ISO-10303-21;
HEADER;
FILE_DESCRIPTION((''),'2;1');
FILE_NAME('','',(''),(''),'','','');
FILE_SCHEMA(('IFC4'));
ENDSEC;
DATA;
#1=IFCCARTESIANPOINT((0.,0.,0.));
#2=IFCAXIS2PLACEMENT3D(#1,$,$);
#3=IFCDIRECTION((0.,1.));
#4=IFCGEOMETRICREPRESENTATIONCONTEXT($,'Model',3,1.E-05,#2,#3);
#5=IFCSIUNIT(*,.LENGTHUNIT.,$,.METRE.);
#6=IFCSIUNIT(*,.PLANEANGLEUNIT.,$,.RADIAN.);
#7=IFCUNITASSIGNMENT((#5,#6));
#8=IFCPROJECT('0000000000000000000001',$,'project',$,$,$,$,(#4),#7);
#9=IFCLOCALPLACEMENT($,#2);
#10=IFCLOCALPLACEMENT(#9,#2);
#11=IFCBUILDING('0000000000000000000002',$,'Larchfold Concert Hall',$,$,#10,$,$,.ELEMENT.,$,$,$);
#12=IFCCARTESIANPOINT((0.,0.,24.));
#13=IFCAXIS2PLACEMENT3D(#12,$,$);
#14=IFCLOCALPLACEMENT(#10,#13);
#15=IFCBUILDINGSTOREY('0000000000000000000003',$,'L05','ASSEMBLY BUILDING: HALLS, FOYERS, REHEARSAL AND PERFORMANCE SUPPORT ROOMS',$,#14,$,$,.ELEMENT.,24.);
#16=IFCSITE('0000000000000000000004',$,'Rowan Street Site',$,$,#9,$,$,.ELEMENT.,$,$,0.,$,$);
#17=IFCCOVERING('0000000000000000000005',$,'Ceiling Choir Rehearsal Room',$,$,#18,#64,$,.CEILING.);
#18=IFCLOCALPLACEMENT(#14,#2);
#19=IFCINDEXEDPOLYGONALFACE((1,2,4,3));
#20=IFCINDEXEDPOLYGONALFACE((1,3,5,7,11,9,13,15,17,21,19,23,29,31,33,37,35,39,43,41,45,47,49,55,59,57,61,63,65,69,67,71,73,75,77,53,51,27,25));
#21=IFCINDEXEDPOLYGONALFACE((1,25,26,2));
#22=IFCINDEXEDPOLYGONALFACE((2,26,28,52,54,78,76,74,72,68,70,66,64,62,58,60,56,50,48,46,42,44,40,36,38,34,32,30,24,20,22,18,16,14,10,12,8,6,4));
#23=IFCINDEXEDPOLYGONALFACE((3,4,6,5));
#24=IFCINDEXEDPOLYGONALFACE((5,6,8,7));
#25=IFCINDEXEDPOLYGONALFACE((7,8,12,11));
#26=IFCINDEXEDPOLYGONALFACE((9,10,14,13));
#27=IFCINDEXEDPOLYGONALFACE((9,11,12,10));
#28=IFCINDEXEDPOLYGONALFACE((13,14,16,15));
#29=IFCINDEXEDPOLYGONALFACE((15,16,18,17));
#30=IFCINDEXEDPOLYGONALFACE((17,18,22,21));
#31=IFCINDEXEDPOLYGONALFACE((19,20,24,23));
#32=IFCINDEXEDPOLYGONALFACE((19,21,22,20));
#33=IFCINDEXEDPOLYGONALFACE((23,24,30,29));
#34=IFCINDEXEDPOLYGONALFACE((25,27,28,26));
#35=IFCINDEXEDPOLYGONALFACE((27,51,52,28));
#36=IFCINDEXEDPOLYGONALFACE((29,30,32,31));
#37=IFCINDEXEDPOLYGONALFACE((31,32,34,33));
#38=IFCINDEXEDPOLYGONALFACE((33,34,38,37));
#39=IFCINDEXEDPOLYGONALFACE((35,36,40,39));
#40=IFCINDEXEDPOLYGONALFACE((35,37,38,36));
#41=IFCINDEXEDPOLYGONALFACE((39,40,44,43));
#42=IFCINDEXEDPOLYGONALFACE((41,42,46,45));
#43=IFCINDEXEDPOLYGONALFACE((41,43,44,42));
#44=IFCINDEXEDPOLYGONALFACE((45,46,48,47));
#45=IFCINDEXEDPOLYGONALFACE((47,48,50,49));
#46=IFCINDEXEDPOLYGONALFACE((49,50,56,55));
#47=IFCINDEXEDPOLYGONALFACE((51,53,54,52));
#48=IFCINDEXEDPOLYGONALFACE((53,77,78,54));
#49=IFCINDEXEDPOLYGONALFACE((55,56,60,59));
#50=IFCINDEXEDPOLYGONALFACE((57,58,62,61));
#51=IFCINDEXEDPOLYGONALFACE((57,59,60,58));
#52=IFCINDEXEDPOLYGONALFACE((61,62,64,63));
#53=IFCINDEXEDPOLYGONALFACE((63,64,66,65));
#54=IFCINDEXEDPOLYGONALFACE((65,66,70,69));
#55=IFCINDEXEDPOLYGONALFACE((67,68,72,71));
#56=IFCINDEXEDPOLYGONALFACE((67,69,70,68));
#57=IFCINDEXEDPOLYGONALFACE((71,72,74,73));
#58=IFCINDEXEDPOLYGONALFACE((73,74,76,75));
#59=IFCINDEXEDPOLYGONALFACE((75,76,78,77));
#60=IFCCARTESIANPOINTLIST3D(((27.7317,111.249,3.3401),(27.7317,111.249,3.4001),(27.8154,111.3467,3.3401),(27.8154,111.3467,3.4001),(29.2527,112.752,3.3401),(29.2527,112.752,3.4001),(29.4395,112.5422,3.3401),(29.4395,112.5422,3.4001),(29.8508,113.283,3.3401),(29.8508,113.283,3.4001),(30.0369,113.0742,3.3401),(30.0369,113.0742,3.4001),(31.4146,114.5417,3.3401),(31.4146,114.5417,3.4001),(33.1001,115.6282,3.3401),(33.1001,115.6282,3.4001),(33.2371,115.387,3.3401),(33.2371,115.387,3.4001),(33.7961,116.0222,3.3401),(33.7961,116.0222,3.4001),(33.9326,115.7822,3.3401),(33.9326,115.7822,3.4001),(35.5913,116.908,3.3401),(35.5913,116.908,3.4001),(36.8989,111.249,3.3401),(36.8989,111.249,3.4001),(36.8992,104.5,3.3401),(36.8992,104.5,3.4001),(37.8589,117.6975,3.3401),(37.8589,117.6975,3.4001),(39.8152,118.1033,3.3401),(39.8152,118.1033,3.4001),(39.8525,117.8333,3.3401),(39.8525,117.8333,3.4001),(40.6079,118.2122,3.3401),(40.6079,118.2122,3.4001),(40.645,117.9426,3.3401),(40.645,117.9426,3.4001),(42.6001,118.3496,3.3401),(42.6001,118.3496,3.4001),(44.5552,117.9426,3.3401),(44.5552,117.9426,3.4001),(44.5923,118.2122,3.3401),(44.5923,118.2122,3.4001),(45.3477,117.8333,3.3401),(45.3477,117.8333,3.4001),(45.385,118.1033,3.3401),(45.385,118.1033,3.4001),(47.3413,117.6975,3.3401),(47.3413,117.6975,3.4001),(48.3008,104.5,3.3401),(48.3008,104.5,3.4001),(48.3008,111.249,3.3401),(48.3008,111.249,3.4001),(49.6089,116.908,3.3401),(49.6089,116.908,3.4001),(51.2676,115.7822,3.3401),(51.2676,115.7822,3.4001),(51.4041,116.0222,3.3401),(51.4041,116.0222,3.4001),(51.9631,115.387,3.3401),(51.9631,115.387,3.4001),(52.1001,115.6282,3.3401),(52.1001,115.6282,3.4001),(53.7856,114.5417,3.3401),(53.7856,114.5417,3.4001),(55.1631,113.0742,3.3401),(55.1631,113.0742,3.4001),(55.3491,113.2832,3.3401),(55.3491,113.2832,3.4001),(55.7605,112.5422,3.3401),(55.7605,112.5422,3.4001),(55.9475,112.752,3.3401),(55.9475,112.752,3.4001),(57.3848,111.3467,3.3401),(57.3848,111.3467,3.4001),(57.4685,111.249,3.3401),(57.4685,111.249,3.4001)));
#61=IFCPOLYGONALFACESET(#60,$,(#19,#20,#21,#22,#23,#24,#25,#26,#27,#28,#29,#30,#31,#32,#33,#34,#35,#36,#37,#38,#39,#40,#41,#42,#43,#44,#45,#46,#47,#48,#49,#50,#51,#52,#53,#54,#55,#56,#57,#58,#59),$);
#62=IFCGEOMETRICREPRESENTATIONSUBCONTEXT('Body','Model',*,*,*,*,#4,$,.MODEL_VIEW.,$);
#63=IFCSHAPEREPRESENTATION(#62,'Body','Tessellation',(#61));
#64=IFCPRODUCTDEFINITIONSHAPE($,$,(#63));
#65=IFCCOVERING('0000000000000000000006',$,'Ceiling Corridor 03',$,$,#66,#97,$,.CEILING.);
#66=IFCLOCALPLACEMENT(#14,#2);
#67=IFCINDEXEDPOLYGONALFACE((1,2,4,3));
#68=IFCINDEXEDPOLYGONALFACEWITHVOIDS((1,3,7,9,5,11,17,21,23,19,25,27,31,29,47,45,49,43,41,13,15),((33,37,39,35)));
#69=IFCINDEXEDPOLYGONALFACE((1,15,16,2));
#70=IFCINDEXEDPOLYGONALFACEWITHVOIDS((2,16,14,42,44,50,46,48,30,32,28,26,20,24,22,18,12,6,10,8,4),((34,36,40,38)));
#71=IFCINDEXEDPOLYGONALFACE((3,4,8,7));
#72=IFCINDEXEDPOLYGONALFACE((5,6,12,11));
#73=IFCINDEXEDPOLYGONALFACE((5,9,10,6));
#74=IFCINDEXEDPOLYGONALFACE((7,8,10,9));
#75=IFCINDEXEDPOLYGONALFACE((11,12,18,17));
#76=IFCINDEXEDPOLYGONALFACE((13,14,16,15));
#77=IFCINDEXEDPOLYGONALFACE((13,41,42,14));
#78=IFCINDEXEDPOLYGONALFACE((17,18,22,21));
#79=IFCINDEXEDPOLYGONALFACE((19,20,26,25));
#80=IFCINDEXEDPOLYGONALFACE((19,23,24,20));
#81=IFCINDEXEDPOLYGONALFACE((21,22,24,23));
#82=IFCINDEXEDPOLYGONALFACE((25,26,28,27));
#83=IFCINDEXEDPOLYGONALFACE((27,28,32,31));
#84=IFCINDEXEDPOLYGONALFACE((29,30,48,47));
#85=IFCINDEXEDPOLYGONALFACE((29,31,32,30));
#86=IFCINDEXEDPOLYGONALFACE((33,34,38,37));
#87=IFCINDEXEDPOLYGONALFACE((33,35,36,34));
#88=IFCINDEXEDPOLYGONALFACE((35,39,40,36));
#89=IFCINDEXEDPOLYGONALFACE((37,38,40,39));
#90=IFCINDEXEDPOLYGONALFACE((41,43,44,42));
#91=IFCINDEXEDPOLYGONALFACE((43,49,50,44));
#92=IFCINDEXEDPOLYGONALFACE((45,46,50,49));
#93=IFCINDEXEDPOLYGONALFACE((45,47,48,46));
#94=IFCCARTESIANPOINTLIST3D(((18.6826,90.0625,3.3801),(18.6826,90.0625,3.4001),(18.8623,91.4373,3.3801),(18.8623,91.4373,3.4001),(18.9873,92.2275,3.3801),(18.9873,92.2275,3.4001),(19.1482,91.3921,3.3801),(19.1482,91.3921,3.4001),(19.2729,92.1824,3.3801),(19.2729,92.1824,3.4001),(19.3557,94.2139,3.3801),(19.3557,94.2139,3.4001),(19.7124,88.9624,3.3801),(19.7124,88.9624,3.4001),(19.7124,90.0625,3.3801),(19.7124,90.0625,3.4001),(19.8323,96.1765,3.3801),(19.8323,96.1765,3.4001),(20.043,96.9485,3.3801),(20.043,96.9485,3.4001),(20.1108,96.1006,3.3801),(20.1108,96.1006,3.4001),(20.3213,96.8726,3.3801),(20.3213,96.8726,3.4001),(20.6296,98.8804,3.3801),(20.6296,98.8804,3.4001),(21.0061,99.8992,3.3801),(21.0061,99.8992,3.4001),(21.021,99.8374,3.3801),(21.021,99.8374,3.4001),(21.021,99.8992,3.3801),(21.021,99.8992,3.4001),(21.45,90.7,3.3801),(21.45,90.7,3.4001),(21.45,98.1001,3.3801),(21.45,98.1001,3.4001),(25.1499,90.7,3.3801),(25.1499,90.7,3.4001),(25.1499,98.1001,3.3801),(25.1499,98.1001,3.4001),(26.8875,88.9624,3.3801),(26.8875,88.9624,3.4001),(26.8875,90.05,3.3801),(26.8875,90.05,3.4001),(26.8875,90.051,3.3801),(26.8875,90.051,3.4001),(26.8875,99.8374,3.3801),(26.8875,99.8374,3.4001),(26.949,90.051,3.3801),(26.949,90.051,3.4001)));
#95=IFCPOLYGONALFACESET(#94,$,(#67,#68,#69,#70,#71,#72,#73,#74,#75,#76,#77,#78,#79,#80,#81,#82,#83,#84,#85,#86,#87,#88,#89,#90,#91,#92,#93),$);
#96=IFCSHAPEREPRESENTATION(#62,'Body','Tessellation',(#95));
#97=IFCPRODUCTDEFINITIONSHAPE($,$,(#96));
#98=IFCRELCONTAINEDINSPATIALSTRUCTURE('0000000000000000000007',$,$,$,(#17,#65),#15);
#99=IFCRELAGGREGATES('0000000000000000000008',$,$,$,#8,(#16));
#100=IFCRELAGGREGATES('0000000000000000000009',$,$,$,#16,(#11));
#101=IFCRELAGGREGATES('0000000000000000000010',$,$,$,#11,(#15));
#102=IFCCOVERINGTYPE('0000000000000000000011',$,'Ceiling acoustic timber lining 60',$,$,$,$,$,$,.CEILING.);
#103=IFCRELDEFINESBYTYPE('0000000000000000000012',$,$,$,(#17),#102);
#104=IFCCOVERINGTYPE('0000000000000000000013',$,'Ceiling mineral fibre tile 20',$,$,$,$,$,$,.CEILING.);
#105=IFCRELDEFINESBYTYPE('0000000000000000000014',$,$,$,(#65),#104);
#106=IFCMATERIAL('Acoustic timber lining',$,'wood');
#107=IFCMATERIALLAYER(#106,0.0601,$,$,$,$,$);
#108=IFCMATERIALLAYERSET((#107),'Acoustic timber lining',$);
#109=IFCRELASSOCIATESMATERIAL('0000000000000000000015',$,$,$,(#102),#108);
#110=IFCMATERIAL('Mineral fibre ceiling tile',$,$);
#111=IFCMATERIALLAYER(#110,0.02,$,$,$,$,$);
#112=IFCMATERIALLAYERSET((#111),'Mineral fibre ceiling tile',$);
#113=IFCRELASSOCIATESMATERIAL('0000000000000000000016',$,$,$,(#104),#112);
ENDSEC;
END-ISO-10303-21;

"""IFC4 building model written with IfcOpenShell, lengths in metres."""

from ifc_helpers import new_model, si_unit, direction, frame, origin, place, context, subcontext, project, spatial, polyline, outline, extrude, material, layer, layer_set, type_object, element, save


model = new_model("IFC4")

# Units and contexts
model_context = context("Model", 3, precision=1e-05, world=origin(), true_north=direction((0.0, 1.0)))
body_context = subcontext(model_context, "Body", "Model", "MODEL_VIEW")
ifc_project = project(units=[si_unit("LENGTHUNIT", "METRE"), si_unit("PLANEANGLEUNIT", "RADIAN")], contexts=[model_context])

# Site, building, storey
site_placement = place(None, origin())
site = spatial("IfcSite", under=ifc_project, at=site_placement, Name="Rowan Street Site", CompositionType="ELEMENT", RefElevation=0.0)
building_placement = place(site_placement, origin())
building = spatial("IfcBuilding", under=site, at=building_placement, Name="Larchfold Concert Hall", CompositionType="ELEMENT")
storey_placement = place(building_placement, frame((0.0, 0.0, 24.0)))
storey = spatial("IfcBuildingStorey", under=building, at=storey_placement, Name="L05", Description="ASSEMBLY BUILDING: HALLS, FOYERS, REHEARSAL AND PERFORMANCE SUPPORT ROOMS", CompositionType="ELEMENT", Elevation=24.0)

# Coverings
ifc_material_1 = material(Name="Acoustic timber lining", Category="wood")
ifc_layer_1 = layer(ifc_material_1, 0.0601)
ifc_layer_set_1 = layer_set([ifc_layer_1], Name="Acoustic timber lining")
covering_type_1 = type_object("IfcCoveringType", Name="Ceiling acoustic timber lining 60", PredefinedType="CEILING", material=ifc_layer_set_1)
covering_1_placement = place(storey_placement, frame((0.0, 0.0, 3.3401)))
element("IfcCovering", 1, at=covering_1_placement, inside=storey, type_object=covering_type_1, Name="Ceiling Choir Rehearsal Room", PredefinedType="CEILING", context=body_context, shape_type="SweptSolid", body=[
    extrude(outline(polyline([(29.2527, 112.752), (27.8154, 111.3467), (27.7317, 111.249), (36.8989, 111.249), (36.8992, 104.5), (48.3008, 104.5), (48.3008, 111.249), (57.4685, 111.249), (57.3848, 111.3467), (55.9475, 112.752), (55.7605, 112.5422), (55.1631, 113.0742), (55.3491, 113.2832), (53.7856, 114.5417), (52.1001, 115.6282), (51.9631, 115.387), (51.2676, 115.7822), (51.4041, 116.0222), (49.6089, 116.908), (47.3413, 117.6975), (45.385, 118.1033), (45.3477, 117.8333), (44.5552, 117.9426), (44.5923, 118.2122), (42.6001, 118.3496), (40.6079, 118.2122), (40.645, 117.9426), (39.8525, 117.8333), (39.8152, 118.1033), (37.8589, 117.6975), (35.5913, 116.908), (33.7961, 116.0222), (33.9326, 115.7822), (33.2371, 115.387), (33.1001, 115.6282), (31.4146, 114.5417), (29.8508, 113.283), (30.0369, 113.0742), (29.4395, 112.5422), (29.2527, 112.752)])), origin(), (0.0, 0.0, 1.0), 0.0601),
])
ifc_material_2 = material(Name="Mineral fibre ceiling tile")
ifc_layer_2 = layer(ifc_material_2, 0.02)
ifc_layer_set_2 = layer_set([ifc_layer_2], Name="Mineral fibre ceiling tile")
covering_type_2 = type_object("IfcCoveringType", Name="Ceiling mineral fibre tile 20", PredefinedType="CEILING", material=ifc_layer_set_2)
covering_2_placement = place(storey_placement, frame((0.0, 0.0, 3.3801)))
element("IfcCovering", 2, at=covering_2_placement, inside=storey, type_object=covering_type_2, Name="Ceiling Corridor 03", PredefinedType="CEILING", context=body_context, shape_type="SweptSolid", body=[
    extrude(outline(polyline([(19.8323, 96.1765), (19.3557, 94.2139), (18.9873, 92.2275), (19.2729, 92.1824), (19.1482, 91.3921), (18.8623, 91.4373), (18.6826, 90.0625), (19.7124, 90.0625), (19.7124, 88.9624), (26.8875, 88.9624), (26.8875, 90.05), (26.949, 90.051), (26.8875, 90.051), (26.8875, 99.8374), (21.021, 99.8374), (21.021, 99.8992), (21.0061, 99.8992), (20.6296, 98.8804), (20.043, 96.9485), (20.3213, 96.8726), (20.1108, 96.1006), (19.8323, 96.1765)]), holes=[polyline([(25.1499, 98.1001), (25.1499, 90.7), (21.45, 90.7), (21.45, 98.1001), (25.1499, 98.1001)])]), origin(), (0.0, 0.0, 1.0), 0.02),
])

save(model, "model.ifc")
